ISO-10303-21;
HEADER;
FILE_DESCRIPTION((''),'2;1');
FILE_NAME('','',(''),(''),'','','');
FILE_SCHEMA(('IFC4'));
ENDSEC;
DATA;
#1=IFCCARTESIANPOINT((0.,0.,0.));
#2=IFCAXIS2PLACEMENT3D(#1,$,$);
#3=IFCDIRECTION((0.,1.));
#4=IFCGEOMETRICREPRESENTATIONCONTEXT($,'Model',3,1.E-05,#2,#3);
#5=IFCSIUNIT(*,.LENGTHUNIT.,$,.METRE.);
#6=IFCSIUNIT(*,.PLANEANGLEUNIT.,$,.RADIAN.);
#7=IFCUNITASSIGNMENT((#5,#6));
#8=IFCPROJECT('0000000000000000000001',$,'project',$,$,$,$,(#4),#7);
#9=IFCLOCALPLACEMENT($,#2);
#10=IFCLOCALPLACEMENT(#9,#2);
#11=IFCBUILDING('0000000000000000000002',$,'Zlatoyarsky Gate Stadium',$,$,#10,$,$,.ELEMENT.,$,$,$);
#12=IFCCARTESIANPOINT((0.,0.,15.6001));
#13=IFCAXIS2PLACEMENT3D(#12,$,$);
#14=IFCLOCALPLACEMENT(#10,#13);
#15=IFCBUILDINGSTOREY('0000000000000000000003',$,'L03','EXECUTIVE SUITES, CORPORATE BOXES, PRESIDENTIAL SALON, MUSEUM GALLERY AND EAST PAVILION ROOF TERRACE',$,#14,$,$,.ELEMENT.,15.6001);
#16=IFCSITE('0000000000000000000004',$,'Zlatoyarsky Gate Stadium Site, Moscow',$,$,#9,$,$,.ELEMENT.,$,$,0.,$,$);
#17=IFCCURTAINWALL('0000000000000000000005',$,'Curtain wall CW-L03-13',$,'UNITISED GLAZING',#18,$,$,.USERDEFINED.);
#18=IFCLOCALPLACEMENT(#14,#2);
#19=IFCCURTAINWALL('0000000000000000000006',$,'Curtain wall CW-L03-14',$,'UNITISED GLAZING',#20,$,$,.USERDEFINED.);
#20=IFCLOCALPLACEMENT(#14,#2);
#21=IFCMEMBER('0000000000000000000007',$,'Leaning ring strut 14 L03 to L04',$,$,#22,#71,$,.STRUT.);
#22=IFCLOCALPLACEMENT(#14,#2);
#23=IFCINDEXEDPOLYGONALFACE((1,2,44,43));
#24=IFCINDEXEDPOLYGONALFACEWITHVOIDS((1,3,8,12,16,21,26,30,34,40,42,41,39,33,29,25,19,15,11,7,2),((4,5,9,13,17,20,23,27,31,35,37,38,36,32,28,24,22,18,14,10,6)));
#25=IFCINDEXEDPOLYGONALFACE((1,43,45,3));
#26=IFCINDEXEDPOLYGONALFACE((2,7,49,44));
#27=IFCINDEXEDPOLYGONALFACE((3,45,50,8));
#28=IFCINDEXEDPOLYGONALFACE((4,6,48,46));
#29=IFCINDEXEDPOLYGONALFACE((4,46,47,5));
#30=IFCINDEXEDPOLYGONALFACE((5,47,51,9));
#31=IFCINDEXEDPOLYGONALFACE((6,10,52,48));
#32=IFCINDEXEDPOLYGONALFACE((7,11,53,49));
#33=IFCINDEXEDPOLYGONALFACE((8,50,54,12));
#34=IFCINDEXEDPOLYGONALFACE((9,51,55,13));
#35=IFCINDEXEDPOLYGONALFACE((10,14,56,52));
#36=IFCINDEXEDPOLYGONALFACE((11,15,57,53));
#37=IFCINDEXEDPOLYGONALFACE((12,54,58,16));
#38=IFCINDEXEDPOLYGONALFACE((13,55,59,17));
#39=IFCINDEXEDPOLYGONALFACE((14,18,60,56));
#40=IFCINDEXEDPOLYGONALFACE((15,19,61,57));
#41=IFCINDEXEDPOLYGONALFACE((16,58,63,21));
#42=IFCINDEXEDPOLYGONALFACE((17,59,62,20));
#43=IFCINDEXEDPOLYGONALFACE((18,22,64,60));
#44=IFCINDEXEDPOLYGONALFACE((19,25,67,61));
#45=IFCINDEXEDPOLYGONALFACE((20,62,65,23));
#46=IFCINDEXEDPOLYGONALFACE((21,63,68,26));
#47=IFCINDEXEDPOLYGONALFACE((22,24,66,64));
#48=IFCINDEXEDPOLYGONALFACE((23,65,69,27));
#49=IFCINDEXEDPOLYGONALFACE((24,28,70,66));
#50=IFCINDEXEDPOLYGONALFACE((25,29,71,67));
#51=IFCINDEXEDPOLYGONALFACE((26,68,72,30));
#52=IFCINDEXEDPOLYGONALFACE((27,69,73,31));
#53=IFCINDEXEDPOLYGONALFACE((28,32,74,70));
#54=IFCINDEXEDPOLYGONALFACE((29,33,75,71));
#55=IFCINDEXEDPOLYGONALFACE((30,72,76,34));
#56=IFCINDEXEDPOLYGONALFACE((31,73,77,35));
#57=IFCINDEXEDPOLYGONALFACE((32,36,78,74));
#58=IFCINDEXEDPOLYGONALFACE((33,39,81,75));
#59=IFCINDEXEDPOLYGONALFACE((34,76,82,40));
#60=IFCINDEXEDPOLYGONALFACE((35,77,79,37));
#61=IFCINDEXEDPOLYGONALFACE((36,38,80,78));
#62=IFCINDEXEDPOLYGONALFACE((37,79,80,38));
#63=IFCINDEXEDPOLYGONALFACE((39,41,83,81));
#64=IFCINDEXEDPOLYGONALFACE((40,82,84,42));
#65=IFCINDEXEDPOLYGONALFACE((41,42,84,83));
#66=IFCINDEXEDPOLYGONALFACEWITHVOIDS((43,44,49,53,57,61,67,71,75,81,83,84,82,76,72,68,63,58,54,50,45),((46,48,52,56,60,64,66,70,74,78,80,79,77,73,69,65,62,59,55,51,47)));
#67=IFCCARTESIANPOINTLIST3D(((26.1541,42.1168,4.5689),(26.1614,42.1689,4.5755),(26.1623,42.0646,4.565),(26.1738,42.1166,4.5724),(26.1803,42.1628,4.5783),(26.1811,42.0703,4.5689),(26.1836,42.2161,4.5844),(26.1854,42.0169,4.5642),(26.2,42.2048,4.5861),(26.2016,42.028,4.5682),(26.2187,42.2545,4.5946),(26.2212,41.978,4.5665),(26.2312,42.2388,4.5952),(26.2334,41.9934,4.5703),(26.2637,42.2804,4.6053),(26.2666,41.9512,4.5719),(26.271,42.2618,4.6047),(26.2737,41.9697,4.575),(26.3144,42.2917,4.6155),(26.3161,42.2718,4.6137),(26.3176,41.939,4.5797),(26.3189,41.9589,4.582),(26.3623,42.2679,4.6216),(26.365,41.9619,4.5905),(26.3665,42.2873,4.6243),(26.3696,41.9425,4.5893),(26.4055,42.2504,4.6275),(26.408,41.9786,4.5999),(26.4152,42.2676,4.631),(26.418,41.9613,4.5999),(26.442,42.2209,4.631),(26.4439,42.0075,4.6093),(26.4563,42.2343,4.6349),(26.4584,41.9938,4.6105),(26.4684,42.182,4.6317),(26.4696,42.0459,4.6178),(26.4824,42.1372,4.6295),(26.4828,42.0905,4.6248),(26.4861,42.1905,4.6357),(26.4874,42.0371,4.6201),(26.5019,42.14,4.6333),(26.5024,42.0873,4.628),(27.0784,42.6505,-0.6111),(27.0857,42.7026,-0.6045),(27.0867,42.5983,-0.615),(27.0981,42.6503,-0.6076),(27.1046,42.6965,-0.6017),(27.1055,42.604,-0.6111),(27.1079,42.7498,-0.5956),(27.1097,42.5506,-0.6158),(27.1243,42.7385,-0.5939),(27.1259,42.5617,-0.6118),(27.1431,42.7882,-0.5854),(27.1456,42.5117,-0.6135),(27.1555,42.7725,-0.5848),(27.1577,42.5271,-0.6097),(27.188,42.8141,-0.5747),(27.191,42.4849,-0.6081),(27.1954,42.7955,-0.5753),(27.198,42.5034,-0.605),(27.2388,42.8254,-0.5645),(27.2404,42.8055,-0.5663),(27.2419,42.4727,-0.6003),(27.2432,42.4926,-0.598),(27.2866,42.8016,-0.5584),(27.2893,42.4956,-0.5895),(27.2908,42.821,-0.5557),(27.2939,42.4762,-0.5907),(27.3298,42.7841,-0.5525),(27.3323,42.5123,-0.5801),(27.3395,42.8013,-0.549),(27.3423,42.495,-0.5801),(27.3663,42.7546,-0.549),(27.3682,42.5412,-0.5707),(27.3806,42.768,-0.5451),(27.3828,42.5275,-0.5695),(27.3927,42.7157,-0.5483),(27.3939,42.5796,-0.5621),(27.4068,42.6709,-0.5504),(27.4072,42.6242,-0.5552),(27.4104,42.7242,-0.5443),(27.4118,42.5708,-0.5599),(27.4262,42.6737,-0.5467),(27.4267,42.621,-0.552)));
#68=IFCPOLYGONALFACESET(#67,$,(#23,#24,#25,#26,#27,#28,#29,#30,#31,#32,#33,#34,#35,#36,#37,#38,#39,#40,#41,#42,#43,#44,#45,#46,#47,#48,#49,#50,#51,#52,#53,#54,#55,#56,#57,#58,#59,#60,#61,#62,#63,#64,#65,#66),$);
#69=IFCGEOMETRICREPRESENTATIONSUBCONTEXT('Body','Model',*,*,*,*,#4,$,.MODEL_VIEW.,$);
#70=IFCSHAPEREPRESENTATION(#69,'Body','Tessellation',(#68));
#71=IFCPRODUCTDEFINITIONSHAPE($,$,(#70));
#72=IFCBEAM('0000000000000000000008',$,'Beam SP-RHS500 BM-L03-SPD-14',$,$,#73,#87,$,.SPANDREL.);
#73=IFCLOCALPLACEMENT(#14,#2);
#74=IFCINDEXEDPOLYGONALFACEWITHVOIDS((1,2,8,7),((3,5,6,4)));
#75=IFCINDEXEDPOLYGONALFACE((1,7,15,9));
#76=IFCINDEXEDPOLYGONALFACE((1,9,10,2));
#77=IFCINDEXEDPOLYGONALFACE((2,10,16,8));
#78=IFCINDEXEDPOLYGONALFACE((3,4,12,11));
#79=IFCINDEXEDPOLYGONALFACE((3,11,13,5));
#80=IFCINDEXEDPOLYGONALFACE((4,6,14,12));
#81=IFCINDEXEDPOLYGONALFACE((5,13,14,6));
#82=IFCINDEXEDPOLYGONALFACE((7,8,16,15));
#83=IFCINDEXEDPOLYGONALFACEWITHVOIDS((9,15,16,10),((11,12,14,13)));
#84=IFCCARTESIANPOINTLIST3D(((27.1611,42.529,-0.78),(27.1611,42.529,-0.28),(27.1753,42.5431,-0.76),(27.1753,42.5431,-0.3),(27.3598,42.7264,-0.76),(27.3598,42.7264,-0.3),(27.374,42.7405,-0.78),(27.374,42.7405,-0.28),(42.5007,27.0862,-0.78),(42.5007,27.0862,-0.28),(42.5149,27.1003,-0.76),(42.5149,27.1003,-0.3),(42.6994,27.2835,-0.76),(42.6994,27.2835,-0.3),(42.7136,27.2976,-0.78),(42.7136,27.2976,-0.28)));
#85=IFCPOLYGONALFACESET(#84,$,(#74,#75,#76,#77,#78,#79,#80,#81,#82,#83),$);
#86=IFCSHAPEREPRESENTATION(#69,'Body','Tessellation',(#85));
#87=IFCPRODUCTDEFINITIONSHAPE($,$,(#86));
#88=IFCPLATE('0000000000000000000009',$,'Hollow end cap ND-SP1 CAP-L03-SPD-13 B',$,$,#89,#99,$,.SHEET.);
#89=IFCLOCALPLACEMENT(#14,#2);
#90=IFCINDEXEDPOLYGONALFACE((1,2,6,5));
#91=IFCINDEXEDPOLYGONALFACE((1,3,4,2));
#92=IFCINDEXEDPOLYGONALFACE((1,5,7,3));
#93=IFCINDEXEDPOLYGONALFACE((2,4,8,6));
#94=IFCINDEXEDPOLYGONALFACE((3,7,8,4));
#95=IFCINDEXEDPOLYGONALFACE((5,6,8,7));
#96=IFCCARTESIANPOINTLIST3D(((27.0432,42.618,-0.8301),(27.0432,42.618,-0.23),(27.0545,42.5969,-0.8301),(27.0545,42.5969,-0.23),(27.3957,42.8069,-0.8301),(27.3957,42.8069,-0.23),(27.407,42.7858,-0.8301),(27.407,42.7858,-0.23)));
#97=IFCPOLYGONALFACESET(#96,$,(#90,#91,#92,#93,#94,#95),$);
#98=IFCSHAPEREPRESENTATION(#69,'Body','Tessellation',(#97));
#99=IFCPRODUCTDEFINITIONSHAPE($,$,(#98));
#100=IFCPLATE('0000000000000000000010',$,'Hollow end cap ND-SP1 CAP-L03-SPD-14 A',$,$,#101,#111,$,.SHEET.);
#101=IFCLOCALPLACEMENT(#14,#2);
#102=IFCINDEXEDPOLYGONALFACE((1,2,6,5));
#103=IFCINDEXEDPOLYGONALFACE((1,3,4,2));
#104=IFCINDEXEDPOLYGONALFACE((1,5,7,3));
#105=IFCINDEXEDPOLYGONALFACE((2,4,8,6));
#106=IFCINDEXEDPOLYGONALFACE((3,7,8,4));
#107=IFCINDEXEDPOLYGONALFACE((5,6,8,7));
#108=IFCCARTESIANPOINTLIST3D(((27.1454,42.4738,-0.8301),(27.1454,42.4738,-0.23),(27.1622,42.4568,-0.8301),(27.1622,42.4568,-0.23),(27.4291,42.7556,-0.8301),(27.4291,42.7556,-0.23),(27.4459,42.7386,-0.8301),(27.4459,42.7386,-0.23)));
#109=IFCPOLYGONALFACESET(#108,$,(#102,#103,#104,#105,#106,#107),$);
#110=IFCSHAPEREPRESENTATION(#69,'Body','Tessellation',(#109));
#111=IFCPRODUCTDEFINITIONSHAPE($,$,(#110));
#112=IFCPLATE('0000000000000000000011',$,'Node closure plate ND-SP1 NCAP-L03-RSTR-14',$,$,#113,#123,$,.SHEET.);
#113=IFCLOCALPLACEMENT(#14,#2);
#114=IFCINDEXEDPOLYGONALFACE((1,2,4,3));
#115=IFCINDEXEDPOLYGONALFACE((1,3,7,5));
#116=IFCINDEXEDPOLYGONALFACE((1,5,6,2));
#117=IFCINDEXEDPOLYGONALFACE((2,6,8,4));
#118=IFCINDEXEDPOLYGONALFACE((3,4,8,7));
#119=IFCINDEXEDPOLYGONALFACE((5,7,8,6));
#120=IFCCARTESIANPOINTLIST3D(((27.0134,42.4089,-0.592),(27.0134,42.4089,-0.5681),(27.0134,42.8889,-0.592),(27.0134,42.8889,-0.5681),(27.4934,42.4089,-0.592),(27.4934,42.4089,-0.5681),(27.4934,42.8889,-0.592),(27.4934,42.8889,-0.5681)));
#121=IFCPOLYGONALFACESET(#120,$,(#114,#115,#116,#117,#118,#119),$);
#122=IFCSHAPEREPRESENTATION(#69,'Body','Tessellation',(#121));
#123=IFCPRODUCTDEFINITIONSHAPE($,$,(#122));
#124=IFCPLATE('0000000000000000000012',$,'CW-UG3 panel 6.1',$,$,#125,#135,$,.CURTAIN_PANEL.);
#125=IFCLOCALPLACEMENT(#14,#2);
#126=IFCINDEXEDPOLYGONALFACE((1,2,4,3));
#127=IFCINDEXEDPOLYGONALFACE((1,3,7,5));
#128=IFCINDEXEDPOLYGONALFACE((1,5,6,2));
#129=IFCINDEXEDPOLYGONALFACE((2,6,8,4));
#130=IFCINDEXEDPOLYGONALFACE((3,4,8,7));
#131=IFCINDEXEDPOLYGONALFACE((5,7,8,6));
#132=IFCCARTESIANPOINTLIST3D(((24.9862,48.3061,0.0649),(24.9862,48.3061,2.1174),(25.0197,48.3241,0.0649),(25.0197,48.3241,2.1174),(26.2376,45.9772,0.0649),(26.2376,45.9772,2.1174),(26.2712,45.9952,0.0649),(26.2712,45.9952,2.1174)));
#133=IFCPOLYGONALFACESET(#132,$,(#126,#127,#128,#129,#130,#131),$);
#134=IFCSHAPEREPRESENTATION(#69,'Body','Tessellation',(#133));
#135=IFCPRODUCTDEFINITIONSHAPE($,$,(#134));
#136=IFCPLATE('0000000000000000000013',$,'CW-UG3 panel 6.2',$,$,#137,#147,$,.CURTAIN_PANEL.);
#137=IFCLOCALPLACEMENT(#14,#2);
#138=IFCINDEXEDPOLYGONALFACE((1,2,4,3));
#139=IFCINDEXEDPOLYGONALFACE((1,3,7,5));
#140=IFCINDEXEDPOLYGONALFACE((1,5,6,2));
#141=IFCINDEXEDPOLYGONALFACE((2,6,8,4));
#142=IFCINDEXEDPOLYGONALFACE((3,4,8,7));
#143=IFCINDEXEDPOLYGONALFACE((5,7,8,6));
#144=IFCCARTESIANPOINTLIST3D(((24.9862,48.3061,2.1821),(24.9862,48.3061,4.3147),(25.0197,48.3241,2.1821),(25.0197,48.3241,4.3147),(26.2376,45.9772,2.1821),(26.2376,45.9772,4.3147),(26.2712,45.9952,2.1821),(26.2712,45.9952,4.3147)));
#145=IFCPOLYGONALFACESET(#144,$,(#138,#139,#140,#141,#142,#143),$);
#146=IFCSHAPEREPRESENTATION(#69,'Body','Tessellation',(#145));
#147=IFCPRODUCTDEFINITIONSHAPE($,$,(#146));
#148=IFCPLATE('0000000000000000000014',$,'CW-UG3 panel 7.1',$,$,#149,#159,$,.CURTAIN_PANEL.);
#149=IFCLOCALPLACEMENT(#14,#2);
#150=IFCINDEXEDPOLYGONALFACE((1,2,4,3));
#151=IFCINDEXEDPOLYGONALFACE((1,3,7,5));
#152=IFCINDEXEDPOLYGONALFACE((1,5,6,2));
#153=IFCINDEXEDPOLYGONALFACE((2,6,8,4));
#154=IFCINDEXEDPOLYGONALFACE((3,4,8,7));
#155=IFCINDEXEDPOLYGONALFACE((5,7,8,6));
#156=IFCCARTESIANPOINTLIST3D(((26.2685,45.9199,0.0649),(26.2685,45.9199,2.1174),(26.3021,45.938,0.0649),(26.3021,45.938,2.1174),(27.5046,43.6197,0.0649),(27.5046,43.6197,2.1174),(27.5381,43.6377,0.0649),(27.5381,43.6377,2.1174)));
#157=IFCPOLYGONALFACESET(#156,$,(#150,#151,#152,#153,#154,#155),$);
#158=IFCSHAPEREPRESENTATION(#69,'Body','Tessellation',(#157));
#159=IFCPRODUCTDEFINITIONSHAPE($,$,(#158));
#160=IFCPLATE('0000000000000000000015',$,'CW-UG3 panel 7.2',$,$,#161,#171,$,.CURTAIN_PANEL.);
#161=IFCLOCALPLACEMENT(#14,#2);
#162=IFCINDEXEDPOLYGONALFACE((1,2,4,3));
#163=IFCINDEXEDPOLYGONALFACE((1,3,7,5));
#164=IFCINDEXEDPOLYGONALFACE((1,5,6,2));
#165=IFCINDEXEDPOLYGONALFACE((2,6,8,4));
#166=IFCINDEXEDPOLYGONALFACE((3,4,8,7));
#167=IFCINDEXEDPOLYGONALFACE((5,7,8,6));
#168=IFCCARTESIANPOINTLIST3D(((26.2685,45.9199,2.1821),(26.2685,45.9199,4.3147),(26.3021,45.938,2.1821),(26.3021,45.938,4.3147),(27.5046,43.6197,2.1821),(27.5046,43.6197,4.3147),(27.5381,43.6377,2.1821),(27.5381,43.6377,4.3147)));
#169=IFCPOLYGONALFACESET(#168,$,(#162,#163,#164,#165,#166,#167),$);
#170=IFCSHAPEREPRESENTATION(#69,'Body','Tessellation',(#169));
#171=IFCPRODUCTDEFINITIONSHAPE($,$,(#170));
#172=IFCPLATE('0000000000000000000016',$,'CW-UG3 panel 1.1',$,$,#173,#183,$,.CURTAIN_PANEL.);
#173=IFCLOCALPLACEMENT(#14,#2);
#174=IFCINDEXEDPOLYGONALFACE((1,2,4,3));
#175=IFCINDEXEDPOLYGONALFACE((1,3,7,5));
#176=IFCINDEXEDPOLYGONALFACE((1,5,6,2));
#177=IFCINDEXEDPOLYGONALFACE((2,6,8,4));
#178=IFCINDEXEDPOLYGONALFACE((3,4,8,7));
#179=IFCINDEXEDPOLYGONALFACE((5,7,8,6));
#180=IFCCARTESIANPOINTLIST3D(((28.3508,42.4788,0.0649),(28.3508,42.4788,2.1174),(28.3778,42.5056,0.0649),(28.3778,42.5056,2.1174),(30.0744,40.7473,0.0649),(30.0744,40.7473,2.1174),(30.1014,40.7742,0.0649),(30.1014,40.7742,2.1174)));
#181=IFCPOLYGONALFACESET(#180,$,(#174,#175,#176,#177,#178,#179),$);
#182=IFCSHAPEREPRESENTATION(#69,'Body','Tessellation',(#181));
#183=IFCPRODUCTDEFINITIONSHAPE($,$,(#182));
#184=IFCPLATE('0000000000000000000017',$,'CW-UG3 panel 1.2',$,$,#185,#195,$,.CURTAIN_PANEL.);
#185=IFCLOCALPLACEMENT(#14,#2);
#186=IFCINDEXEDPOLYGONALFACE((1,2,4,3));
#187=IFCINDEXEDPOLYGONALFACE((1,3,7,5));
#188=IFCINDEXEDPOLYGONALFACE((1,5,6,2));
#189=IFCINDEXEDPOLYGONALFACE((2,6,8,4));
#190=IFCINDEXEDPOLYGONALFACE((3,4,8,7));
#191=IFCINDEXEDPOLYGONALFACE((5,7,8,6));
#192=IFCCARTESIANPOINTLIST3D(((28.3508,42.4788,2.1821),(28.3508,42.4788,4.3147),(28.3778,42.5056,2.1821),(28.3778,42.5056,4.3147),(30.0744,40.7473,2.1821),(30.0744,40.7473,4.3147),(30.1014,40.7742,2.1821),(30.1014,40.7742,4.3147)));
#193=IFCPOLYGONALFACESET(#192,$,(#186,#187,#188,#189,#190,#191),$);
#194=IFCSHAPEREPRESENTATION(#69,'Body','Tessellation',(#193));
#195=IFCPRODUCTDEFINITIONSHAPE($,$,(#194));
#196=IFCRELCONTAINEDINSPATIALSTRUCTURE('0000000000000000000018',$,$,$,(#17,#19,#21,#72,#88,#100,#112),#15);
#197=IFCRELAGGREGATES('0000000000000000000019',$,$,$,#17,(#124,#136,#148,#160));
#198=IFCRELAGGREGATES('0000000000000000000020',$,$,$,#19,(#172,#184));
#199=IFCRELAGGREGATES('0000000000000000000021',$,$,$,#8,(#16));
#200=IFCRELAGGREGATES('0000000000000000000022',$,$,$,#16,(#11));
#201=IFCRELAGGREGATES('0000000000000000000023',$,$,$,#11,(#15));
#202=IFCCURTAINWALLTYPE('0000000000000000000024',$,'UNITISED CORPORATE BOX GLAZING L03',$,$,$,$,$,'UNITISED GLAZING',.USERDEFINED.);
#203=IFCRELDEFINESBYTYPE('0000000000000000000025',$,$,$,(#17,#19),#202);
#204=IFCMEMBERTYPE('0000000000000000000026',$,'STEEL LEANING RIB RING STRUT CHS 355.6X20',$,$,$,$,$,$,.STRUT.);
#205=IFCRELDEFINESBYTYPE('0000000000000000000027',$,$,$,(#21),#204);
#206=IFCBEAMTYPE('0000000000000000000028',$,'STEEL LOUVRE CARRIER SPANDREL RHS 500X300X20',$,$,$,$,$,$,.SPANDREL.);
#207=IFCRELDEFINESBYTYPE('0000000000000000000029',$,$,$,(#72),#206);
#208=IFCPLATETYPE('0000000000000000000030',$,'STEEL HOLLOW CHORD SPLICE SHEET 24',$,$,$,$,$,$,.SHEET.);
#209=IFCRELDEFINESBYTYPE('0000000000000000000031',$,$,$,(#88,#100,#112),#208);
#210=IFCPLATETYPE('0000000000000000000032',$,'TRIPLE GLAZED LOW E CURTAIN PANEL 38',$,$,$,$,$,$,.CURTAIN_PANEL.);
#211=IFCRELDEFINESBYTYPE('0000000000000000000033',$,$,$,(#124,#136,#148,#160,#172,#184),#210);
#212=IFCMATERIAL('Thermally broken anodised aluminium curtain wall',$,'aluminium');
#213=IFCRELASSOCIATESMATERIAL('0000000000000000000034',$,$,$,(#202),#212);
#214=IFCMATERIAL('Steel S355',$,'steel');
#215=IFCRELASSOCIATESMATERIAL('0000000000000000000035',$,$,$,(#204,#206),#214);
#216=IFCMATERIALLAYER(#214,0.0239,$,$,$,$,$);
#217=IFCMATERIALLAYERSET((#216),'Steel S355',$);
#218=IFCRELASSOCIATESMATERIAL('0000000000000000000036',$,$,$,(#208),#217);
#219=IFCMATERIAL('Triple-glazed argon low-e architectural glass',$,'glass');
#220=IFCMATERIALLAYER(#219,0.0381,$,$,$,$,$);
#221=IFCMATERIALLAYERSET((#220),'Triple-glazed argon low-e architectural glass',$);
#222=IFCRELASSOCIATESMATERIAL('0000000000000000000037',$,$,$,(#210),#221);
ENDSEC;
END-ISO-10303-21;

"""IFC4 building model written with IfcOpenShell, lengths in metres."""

from ifc_helpers import new_model, si_unit, direction, frame, origin, origin_2d, place, context, subcontext, project, spatial, rectangle, hollow_rectangle, hollow_circle, extrude, material, layer, layer_set, material_profile, profile_set, type_object, element, aggregate, save


model = new_model("IFC4")

# Units and contexts
model_context = context("Model", 3, precision=1e-05, world=origin(), true_north=direction((0.0, 1.0)))
body_context = subcontext(model_context, "Body", "Model", "MODEL_VIEW")
ifc_project = project(units=[si_unit("LENGTHUNIT", "METRE"), si_unit("PLANEANGLEUNIT", "RADIAN")], contexts=[model_context])

# Site, building, storey
site_placement = place(None, origin())
site = spatial("IfcSite", under=ifc_project, at=site_placement, Name="Zlatoyarsky Gate Stadium Site, Moscow", CompositionType="ELEMENT", RefElevation=0.0)
building_placement = place(site_placement, origin())
building = spatial("IfcBuilding", under=site, at=building_placement, Name="Zlatoyarsky Gate Stadium", CompositionType="ELEMENT")
storey_placement = place(building_placement, frame((0.0, 0.0, 15.6001)))
storey = spatial("IfcBuildingStorey", under=building, at=storey_placement, Name="L03", Description="EXECUTIVE SUITES, CORPORATE BOXES, PRESIDENTIAL SALON, MUSEUM GALLERY AND EAST PAVILION ROOF TERRACE", CompositionType="ELEMENT", Elevation=15.6001)

# Curtain walls
ifc_material_1 = material(Name="Thermally broken anodised aluminium curtain wall", Category="aluminium")
curtain_wall_type = type_object("IfcCurtainWallType", Name="UNITISED CORPORATE BOX GLAZING L03", ElementType="UNITISED GLAZING", PredefinedType="USERDEFINED", material=ifc_material_1)
curtain_wall_1_placement = place(storey_placement, origin())
curtain_wall_1 = element("IfcCurtainWall", 1, at=curtain_wall_1_placement, inside=storey, type_object=curtain_wall_type, Name="Curtain wall CW-L03-13", ObjectType="UNITISED GLAZING", PredefinedType="USERDEFINED")
curtain_wall_2_placement = place(storey_placement, origin())
curtain_wall_2 = element("IfcCurtainWall", 2, at=curtain_wall_2_placement, inside=storey, type_object=curtain_wall_type, Name="Curtain wall CW-L03-14", ObjectType="UNITISED GLAZING", PredefinedType="USERDEFINED")

# Member
ifc_material_2 = material(Name="Steel S355", Category="steel")
ifc_material_profile_1 = material_profile(ifc_material_2, hollow_circle(Radius=0.1777, WallThickness=0.02, at=origin_2d()), Name="CHS 355.6X20")
ifc_profile_set_1 = profile_set([ifc_material_profile_1], Name="Steel S355")
member_type_1 = type_object("IfcMemberType", Name="STEEL LEANING RIB RING STRUT CHS 355.6X20", PredefinedType="STRUT", material=ifc_profile_set_1)
member_1_placement = place(storey_placement, frame((27.2534, 42.6489, -0.5801), z_axis=(-0.17477, -0.100911, 0.979425), x_axis=(0.500026, -0.86601, 0.0)))
element("IfcMember", 3, at=member_1_placement, inside=storey, type_object=member_type_1, Name="Leaning ring strut 14 L03 to L04", PredefinedType="STRUT", context=body_context, shape_type="SweptSolid", body=[
    extrude(hollow_circle(Radius=0.1777, WallThickness=0.02, at=origin_2d()), origin(), (0.0, 0.0, 1.0), 5.2888),
])

# Beam
ifc_material_profile_2 = material_profile(ifc_material_2, hollow_rectangle(XDim=0.3, YDim=0.5, WallThickness=0.02, at=origin_2d()), Name="RHS 500X300X20")
ifc_profile_set_2 = profile_set([ifc_material_profile_2], Name="Steel S355")
beam_type = type_object("IfcBeamType", Name="STEEL LOUVRE CARRIER SPANDREL RHS 500X300X20", PredefinedType="SPANDREL", material=ifc_profile_set_2)
beam_placement = place(storey_placement, frame((27.2676, 42.6348, -0.53), z_axis=(0.704731, -0.709475, 0.0), x_axis=(0.709475, 0.704731, 0.0)))
element("IfcBeam", 4, at=beam_placement, inside=storey, type_object=beam_type, Name="Beam SP-RHS500 BM-L03-SPD-14", PredefinedType="SPANDREL", context=body_context, shape_type="SweptSolid", body=[
    extrude(hollow_rectangle(XDim=0.3, YDim=0.5, WallThickness=0.02, at=origin_2d()), origin(), (0.0, 0.0, 1.0), 21.7666),
])

# Plates
ifc_layer_1 = layer(ifc_material_2, 0.0239)
ifc_layer_set_1 = layer_set([ifc_layer_1], Name="Steel S355")
plate_type_1 = type_object("IfcPlateType", Name="STEEL HOLLOW CHORD SPLICE SHEET 24", PredefinedType="SHEET", material=ifc_layer_set_1)
for number, where, z_axis, x_axis, name in (
    (5, (27.2251, 42.7019, -0.8301), (0.0, 0.0, 1.0), (0.472556, -0.881301, 0.0), "Hollow end cap ND-SP1 CAP-L03-SPD-13 B"),
    (6, (27.2957, 42.6062, -0.8301), (0.0, 0.0, 1.0), (0.70473, -0.709476, 0.0), "Hollow end cap ND-SP1 CAP-L03-SPD-14 A"),
):
    element("IfcPlate", number, at=place(storey_placement, frame(where, z_axis=z_axis, x_axis=x_axis)), inside=storey, type_object=plate_type_1, Name=name, PredefinedType="SHEET", context=body_context, shape_type="SweptSolid", body=[
        extrude(rectangle(XDim=0.0239, YDim=0.3999, at=origin_2d()), origin(), (0.0, 0.0, 1.0), 0.6001),
    ])
plate_1_placement = place(storey_placement, frame((27.2534, 42.6489, -0.592), z_axis=(0.0, 0.0, 1.0), x_axis=(1.0, 0.0, 0.0)))
element("IfcPlate", 7, at=plate_1_placement, inside=storey, type_object=plate_type_1, Name="Node closure plate ND-SP1 NCAP-L03-RSTR-14", PredefinedType="SHEET", context=body_context, shape_type="SweptSolid", body=[
    extrude(rectangle(XDim=0.48, YDim=0.48, at=origin_2d()), origin(), (0.0, 0.0, 1.0), 0.0239),
])

# Plates
ifc_material_3 = material(Name="Triple-glazed argon low-e architectural glass", Category="glass")
ifc_layer_2 = layer(ifc_material_3, 0.0381)
ifc_layer_set_2 = layer_set([ifc_layer_2], Name="Triple-glazed argon low-e architectural glass")
plate_type_2 = type_object("IfcPlateType", Name="TRIPLE GLAZED LOW E CURTAIN PANEL 38", PredefinedType="CURTAIN_PANEL", material=ifc_layer_set_2)
plate_2_placement = place(storey_placement, frame((25.6287, 47.1506, 0.0649), z_axis=(0.0, 0.0, 1.0), x_axis=(0.473345, -0.880877, 0.0)))
plate_2 = element("IfcPlate", 8, at=plate_2_placement, type_object=plate_type_2, Name="CW-UG3 panel 6.1", PredefinedType="CURTAIN_PANEL", context=body_context, shape_type="SweptSolid", body=[
    extrude(rectangle(XDim=2.6438, YDim=0.0381, at=origin_2d()), origin(), (0.0, 0.0, 1.0), 2.0525),
])
plate_3_placement = place(storey_placement, frame((25.6287, 47.1506, 2.1821), z_axis=(0.0, 0.0, 1.0), x_axis=(0.473345, -0.880877, 0.0)))
plate_3 = element("IfcPlate", 9, at=plate_3_placement, type_object=plate_type_2, Name="CW-UG3 panel 6.2", PredefinedType="CURTAIN_PANEL", context=body_context, shape_type="SweptSolid", body=[
    extrude(rectangle(XDim=2.6438, YDim=0.0381, at=origin_2d()), origin(), (0.0, 0.0, 1.0), 2.1326),
])
plate_4_placement = place(storey_placement, frame((26.9033, 44.7788, 0.0649), z_axis=(0.0, 0.0, 1.0), x_axis=(0.473345, -0.880877, 0.0)))
plate_4 = element("IfcPlate", 10, at=plate_4_placement, type_object=plate_type_2, Name="CW-UG3 panel 7.1", PredefinedType="CURTAIN_PANEL", context=body_context, shape_type="SweptSolid", body=[
    extrude(rectangle(XDim=2.6113, YDim=0.0381, at=origin_2d()), origin(), (0.0, 0.0, 1.0), 2.0525),
])
plate_5_placement = place(storey_placement, frame((26.9033, 44.7788, 2.1821), z_axis=(0.0, 0.0, 1.0), x_axis=(0.473345, -0.880877, 0.0)))
plate_5 = element("IfcPlate", 11, at=plate_5_placement, type_object=plate_type_2, Name="CW-UG3 panel 7.2", PredefinedType="CURTAIN_PANEL", context=body_context, shape_type="SweptSolid", body=[
    extrude(rectangle(XDim=2.6113, YDim=0.0381, at=origin_2d()), origin(), (0.0, 0.0, 1.0), 2.1326),
])
aggregate(curtain_wall_1, [plate_2, plate_3, plate_4, plate_5])
plate_6_placement = place(storey_placement, frame((29.2261, 41.6265, 0.0649), z_axis=(0.0, 0.0, 1.0), x_axis=(0.705489, -0.708721, 0.0)))
plate_6 = element("IfcPlate", 12, at=plate_6_placement, type_object=plate_type_2, Name="CW-UG3 panel 1.1", PredefinedType="CURTAIN_PANEL", context=body_context, shape_type="SweptSolid", body=[
    extrude(rectangle(XDim=2.4431, YDim=0.0381, at=origin_2d()), origin(), (0.0, 0.0, 1.0), 2.0525),
])
plate_7_placement = place(storey_placement, frame((29.2261, 41.6265, 2.1821), z_axis=(0.0, 0.0, 1.0), x_axis=(0.705489, -0.708721, 0.0)))
plate_7 = element("IfcPlate", 13, at=plate_7_placement, type_object=plate_type_2, Name="CW-UG3 panel 1.2", PredefinedType="CURTAIN_PANEL", context=body_context, shape_type="SweptSolid", body=[
    extrude(rectangle(XDim=2.4431, YDim=0.0381, at=origin_2d()), origin(), (0.0, 0.0, 1.0), 2.1326),
])
aggregate(curtain_wall_2, [plate_6, plate_7])

save(model, "model.ifc")
